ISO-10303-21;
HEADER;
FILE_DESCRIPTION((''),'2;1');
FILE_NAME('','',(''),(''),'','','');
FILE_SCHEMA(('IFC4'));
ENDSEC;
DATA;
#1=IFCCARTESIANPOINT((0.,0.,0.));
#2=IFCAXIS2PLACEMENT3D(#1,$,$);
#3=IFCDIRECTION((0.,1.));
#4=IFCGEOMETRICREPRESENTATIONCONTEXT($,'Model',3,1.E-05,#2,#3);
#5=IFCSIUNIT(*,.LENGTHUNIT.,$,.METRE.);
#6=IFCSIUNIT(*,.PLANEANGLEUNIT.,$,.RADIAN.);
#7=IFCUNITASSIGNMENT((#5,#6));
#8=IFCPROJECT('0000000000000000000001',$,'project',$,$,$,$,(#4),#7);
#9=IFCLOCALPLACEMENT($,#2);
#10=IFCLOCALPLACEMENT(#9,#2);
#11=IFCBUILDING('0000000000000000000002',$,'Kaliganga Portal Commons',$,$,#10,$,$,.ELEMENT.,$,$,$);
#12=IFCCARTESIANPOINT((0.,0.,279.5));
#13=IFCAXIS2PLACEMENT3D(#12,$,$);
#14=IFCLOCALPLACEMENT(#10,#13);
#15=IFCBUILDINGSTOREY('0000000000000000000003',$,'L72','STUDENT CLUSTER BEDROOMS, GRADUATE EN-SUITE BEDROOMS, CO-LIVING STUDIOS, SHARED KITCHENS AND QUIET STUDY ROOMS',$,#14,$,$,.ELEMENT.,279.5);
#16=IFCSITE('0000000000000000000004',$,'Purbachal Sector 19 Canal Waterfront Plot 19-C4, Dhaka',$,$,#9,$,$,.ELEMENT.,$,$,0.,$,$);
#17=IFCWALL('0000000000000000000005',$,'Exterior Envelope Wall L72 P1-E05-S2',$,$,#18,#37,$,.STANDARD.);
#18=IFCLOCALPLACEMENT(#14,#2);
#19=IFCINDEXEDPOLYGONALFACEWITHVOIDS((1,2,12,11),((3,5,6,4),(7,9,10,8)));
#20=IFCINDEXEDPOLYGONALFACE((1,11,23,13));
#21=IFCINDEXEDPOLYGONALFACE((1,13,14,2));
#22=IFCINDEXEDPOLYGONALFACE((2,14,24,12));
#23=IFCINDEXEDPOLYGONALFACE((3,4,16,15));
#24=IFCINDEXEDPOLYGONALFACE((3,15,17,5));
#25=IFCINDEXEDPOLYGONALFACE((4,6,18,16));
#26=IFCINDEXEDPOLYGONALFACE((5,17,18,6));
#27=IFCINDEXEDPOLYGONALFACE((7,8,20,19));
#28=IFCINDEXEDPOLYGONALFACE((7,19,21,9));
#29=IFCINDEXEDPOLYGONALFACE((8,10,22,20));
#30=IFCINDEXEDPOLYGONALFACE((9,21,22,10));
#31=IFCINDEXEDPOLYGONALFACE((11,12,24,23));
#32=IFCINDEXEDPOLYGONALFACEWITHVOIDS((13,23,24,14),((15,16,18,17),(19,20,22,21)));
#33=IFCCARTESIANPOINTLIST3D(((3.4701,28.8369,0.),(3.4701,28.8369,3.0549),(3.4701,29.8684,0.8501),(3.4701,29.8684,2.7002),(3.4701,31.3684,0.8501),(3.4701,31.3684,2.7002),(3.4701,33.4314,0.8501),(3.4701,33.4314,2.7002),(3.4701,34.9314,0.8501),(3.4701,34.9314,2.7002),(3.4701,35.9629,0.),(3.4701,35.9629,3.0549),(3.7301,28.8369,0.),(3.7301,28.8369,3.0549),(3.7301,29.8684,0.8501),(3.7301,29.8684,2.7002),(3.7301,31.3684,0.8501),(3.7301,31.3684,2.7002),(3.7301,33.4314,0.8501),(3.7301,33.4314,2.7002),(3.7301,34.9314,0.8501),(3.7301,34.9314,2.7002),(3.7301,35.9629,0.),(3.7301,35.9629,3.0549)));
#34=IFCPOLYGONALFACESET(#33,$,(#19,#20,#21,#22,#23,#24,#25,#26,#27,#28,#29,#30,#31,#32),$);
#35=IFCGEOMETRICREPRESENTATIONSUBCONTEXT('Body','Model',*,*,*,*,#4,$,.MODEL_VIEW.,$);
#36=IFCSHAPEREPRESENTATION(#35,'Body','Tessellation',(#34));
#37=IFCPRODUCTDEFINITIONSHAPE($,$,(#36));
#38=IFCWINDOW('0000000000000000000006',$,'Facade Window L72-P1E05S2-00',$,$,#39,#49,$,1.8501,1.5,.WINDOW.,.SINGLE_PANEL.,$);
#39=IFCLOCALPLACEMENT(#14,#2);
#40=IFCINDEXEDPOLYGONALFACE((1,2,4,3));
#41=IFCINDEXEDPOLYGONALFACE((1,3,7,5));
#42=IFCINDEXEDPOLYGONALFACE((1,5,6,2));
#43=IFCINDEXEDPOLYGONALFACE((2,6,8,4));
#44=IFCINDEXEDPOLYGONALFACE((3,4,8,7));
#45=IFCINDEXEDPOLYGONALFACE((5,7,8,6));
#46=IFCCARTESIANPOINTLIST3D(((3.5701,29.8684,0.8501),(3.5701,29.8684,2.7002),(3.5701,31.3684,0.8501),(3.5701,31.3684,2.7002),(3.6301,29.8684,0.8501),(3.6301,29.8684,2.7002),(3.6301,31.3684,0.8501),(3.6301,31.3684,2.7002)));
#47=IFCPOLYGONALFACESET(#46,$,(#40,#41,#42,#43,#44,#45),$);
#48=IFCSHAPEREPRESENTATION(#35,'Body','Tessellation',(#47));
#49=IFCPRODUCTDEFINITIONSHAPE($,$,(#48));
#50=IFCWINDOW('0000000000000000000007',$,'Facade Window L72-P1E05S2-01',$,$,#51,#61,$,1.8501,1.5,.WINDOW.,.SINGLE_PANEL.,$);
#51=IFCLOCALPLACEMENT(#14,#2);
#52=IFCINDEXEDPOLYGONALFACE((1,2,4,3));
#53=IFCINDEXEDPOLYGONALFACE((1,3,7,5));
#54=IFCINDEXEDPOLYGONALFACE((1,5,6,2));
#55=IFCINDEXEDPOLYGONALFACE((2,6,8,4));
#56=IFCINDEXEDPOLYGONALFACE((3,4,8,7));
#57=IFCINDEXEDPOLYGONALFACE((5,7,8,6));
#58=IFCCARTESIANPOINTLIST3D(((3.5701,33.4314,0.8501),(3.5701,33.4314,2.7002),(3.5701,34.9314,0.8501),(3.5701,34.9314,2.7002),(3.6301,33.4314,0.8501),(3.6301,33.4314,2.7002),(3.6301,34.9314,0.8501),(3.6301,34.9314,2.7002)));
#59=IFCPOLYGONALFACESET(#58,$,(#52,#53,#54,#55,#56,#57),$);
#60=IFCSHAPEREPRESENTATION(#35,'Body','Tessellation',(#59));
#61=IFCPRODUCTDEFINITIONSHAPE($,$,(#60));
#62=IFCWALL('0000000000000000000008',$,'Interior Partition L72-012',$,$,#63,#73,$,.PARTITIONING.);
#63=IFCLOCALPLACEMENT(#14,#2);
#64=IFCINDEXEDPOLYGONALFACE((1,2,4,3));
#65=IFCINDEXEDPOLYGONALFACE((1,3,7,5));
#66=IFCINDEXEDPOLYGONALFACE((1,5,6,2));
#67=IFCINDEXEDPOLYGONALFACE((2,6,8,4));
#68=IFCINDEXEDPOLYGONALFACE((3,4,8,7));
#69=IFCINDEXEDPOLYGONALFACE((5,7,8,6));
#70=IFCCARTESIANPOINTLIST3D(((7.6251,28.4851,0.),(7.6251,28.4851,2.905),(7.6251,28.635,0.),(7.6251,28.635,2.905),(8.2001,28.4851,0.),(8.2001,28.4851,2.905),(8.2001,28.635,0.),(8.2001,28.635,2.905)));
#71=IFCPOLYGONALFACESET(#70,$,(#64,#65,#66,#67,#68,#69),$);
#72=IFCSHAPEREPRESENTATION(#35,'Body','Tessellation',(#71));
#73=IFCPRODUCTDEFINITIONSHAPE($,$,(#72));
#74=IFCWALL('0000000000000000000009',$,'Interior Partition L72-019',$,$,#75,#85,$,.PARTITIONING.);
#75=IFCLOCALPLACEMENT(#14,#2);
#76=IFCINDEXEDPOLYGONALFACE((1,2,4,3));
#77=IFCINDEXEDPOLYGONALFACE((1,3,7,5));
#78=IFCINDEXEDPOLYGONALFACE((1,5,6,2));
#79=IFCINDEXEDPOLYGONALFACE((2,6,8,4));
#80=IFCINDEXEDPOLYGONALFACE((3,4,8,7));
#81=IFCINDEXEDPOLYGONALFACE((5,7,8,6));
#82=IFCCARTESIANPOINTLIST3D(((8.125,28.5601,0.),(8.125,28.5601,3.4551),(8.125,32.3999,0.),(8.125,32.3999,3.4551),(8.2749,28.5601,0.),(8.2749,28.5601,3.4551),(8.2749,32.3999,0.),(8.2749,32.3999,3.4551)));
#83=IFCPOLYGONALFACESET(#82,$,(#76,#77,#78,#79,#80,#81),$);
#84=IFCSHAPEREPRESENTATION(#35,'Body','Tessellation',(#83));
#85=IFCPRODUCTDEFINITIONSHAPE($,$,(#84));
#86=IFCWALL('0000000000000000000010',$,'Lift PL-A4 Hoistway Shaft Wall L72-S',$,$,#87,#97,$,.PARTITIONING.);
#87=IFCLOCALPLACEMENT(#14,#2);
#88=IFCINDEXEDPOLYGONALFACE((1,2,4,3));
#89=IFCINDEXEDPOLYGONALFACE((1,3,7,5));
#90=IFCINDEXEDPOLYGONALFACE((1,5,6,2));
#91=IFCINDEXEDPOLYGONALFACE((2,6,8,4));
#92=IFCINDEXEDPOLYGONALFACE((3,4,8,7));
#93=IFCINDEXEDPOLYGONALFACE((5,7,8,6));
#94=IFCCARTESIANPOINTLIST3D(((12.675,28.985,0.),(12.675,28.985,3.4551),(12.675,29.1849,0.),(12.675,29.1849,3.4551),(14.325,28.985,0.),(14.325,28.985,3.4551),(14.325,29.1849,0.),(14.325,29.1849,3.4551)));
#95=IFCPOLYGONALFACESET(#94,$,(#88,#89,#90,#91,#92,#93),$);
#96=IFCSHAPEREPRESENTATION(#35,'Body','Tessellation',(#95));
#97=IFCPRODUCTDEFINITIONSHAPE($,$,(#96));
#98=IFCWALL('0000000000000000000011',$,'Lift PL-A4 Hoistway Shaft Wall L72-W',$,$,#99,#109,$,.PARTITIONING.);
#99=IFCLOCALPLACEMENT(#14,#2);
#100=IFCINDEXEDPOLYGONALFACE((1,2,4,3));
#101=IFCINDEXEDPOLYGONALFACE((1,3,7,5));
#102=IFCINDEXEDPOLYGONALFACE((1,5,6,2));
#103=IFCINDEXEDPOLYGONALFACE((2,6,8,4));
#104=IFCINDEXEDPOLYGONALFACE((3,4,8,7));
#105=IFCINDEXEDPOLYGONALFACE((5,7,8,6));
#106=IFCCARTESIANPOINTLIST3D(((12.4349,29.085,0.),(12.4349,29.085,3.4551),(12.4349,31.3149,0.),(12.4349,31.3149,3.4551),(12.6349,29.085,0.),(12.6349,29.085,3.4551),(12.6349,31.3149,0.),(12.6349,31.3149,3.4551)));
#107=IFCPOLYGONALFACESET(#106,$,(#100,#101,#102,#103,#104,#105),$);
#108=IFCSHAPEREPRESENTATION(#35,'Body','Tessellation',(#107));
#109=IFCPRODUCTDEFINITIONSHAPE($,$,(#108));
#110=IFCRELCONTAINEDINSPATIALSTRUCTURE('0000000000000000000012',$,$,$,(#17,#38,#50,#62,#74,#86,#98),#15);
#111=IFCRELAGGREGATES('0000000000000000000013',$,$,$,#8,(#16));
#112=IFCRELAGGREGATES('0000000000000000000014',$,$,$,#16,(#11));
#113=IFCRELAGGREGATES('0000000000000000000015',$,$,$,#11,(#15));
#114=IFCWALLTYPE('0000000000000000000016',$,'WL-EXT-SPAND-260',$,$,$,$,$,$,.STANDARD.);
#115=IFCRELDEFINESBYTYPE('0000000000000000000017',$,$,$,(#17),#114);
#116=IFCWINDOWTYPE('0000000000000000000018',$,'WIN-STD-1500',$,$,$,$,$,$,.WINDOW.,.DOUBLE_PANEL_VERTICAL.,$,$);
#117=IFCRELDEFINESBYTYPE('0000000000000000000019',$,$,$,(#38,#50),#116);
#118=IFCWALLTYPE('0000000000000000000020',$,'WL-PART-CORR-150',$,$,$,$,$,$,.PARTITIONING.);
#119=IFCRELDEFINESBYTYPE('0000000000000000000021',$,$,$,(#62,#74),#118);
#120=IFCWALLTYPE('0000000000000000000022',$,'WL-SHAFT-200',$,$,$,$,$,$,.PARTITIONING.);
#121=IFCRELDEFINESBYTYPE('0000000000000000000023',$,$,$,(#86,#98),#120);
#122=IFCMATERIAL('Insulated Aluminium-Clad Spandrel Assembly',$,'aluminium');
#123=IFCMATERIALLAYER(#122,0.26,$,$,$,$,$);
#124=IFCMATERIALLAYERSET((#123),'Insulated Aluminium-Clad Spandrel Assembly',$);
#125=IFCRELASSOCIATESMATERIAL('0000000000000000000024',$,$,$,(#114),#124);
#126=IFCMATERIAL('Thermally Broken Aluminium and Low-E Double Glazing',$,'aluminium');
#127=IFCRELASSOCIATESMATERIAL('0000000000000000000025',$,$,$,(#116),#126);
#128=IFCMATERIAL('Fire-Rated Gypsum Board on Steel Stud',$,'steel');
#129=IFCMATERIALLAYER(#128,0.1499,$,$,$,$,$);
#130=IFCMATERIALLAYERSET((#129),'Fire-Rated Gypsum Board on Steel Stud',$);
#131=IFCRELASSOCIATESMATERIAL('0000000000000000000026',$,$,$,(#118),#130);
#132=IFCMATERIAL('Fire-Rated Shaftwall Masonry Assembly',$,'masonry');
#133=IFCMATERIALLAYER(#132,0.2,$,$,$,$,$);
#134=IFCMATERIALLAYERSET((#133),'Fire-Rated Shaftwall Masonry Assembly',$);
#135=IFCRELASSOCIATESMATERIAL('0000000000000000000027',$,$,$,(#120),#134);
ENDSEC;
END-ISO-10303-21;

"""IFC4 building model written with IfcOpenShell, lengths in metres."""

from ifc_helpers import new_model, si_unit, direction, frame, frame_2d, origin, place, context, subcontext, project, spatial, rectangle, extrude, material, layer, layer_set, type_object, element, fill, save


model = new_model("IFC4")

# Units and contexts
model_context = context("Model", 3, precision=1e-05, world=origin(), true_north=direction((0.0, 1.0)))
body_context = subcontext(model_context, "Body", "Model", "MODEL_VIEW")
ifc_project = project(units=[si_unit("LENGTHUNIT", "METRE"), si_unit("PLANEANGLEUNIT", "RADIAN")], contexts=[model_context])

# Site, building, storey
site_placement = place(None, origin())
site = spatial("IfcSite", under=ifc_project, at=site_placement, Name="Purbachal Sector 19 Canal Waterfront Plot 19-C4, Dhaka", CompositionType="ELEMENT", RefElevation=0.0)
building_placement = place(site_placement, origin())
building = spatial("IfcBuilding", under=site, at=building_placement, Name="Kaliganga Portal Commons", CompositionType="ELEMENT")
storey_placement = place(building_placement, frame((0.0, 0.0, 279.5)))
storey = spatial("IfcBuildingStorey", under=building, at=storey_placement, Name="L72", Description="STUDENT CLUSTER BEDROOMS, GRADUATE EN-SUITE BEDROOMS, CO-LIVING STUDIOS, SHARED KITCHENS AND QUIET STUDY ROOMS", CompositionType="ELEMENT", Elevation=279.5)

# Wall, openings, windows
ifc_material_1 = material(Name="Insulated Aluminium-Clad Spandrel Assembly", Category="aluminium")
ifc_layer_1 = layer(ifc_material_1, 0.26)
ifc_layer_set_1 = layer_set([ifc_layer_1], Name="Insulated Aluminium-Clad Spandrel Assembly")
wall_type_1 = type_object("IfcWallType", Name="WL-EXT-SPAND-260", PredefinedType="STANDARD", material=ifc_layer_set_1)
wall_1_placement = place(storey_placement, frame((3.6001, 28.8369, 0.0), z_axis=(0.0, 0.0, 1.0), x_axis=(0.0, 1.0, 0.0)))
wall_1 = element("IfcWall", 1, at=wall_1_placement, inside=storey, type_object=wall_type_1, Name="Exterior Envelope Wall L72 P1-E05-S2", PredefinedType="STANDARD", context=body_context, shape_type="SweptSolid", body=[
    extrude(rectangle(XDim=7.126, YDim=0.26, at=frame_2d((3.563, 0.0))), origin(), (0.0, 0.0, 1.0), 3.0549),
])
opening_1_placement = place(wall_1_placement, frame((1.0315, 0.0, 0.8501)))
opening_1 = element("IfcOpeningElement", 2, at=opening_1_placement, cuts=wall_1, PredefinedType="OPENING", context=body_context, shape_type="SweptSolid", body=[
    extrude(rectangle(XDim=1.5, YDim=1.8501, at=frame_2d((0.75, 0.925))), frame((0.0, 0.1401, 0.0), z_axis=(0.0, -1.0, 0.0), x_axis=(1.0, 0.0, 0.0)), (0.0, 0.0, 1.0), 0.28),
])
opening_2_placement = place(wall_1_placement, frame((4.5945, 0.0, 0.8501)))
opening_2 = element("IfcOpeningElement", 3, at=opening_2_placement, cuts=wall_1, PredefinedType="OPENING", context=body_context, shape_type="SweptSolid", body=[
    extrude(rectangle(XDim=1.5, YDim=1.8501, at=frame_2d((0.75, 0.925))), frame((0.0, 0.1401, 0.0), z_axis=(0.0, -1.0, 0.0), x_axis=(1.0, 0.0, 0.0)), (0.0, 0.0, 1.0), 0.28),
])
ifc_material_2 = material(Name="Thermally Broken Aluminium and Low-E Double Glazing", Category="aluminium")
window_type = type_object("IfcWindowType", Name="WIN-STD-1500", PartitioningType="DOUBLE_PANEL_VERTICAL", PredefinedType="WINDOW", material=ifc_material_2)
window_1_placement = place(opening_1_placement, origin())
window_1 = element("IfcWindow", 4, at=window_1_placement, inside=storey, type_object=window_type, Name="Facade Window L72-P1E05S2-00", OverallHeight=1.8501, OverallWidth=1.5, PartitioningType="SINGLE_PANEL", PredefinedType="WINDOW", context=body_context, shape_type="SweptSolid", body=[
    extrude(rectangle(XDim=1.5, YDim=1.8501, at=frame_2d((0.75, 0.925))), frame((0.0, 0.03, 0.0), z_axis=(0.0, -1.0, 0.0), x_axis=(1.0, 0.0, 0.0)), (0.0, 0.0, 1.0), 0.0601),
])
fill(opening_1, window_1)
window_2_placement = place(opening_2_placement, origin())
window_2 = element("IfcWindow", 5, at=window_2_placement, inside=storey, type_object=window_type, Name="Facade Window L72-P1E05S2-01", OverallHeight=1.8501, OverallWidth=1.5, PartitioningType="SINGLE_PANEL", PredefinedType="WINDOW", context=body_context, shape_type="SweptSolid", body=[
    extrude(rectangle(XDim=1.5, YDim=1.8501, at=frame_2d((0.75, 0.925))), frame((0.0, 0.03, 0.0), z_axis=(0.0, -1.0, 0.0), x_axis=(1.0, 0.0, 0.0)), (0.0, 0.0, 1.0), 0.0601),
])
fill(opening_2, window_2)

# Shared definitions
ifc_material_3 = material(Name="Fire-Rated Gypsum Board on Steel Stud", Category="steel")
ifc_layer_2 = layer(ifc_material_3, 0.1499)
ifc_layer_set_2 = layer_set([ifc_layer_2], Name="Fire-Rated Gypsum Board on Steel Stud")
wall_type_2 = type_object("IfcWallType", Name="WL-PART-CORR-150", PredefinedType="PARTITIONING", material=ifc_layer_set_2)

# Walls
wall_2_placement = place(storey_placement, frame((7.625, 28.5601, 0.0), z_axis=(0.0, 0.0, 1.0), x_axis=(1.0, 0.0, 0.0)))
element("IfcWall", 6, at=wall_2_placement, inside=storey, type_object=wall_type_2, Name="Interior Partition L72-012", PredefinedType="PARTITIONING", context=body_context, shape_type="SweptSolid", body=[
    extrude(rectangle(XDim=0.575, YDim=0.1499, at=frame_2d((0.2876, 0.0))), origin(), (0.0, 0.0, 1.0), 2.905),
])
wall_3_placement = place(storey_placement, frame((8.2, 28.5601, 0.0), z_axis=(0.0, 0.0, 1.0), x_axis=(0.0, 1.0, 0.0)))
element("IfcWall", 7, at=wall_3_placement, inside=storey, type_object=wall_type_2, Name="Interior Partition L72-019", PredefinedType="PARTITIONING", context=body_context, shape_type="SweptSolid", body=[
    extrude(rectangle(XDim=3.8398, YDim=0.1499, at=frame_2d((1.9199, 0.0))), origin(), (0.0, 0.0, 1.0), 3.4551),
])
ifc_material_4 = material(Name="Fire-Rated Shaftwall Masonry Assembly", Category="masonry")
ifc_layer_3 = layer(ifc_material_4, 0.2)
ifc_layer_set_3 = layer_set([ifc_layer_3], Name="Fire-Rated Shaftwall Masonry Assembly")
wall_type_3 = type_object("IfcWallType", Name="WL-SHAFT-200", PredefinedType="PARTITIONING", material=ifc_layer_set_3)
wall_4_placement = place(storey_placement, frame((12.675, 29.085, 0.0), z_axis=(0.0, 0.0, 1.0), x_axis=(1.0, 0.0, 0.0)))
element("IfcWall", 8, at=wall_4_placement, inside=storey, type_object=wall_type_3, Name="Lift PL-A4 Hoistway Shaft Wall L72-S", PredefinedType="PARTITIONING", context=body_context, shape_type="SweptSolid", body=[
    extrude(rectangle(XDim=1.6499, YDim=0.2, at=frame_2d((0.825, 0.0))), origin(), (0.0, 0.0, 1.0), 3.4551),
])
wall_5_placement = place(storey_placement, frame((12.5349, 29.085, 0.0), z_axis=(0.0, 0.0, 1.0), x_axis=(0.0, 1.0, 0.0)))
element("IfcWall", 9, at=wall_5_placement, inside=storey, type_object=wall_type_3, Name="Lift PL-A4 Hoistway Shaft Wall L72-W", PredefinedType="PARTITIONING", context=body_context, shape_type="SweptSolid", body=[
    extrude(rectangle(XDim=2.23, YDim=0.2, at=frame_2d((1.115, 0.0))), origin(), (0.0, 0.0, 1.0), 3.4551),
])

save(model, "model.ifc")
